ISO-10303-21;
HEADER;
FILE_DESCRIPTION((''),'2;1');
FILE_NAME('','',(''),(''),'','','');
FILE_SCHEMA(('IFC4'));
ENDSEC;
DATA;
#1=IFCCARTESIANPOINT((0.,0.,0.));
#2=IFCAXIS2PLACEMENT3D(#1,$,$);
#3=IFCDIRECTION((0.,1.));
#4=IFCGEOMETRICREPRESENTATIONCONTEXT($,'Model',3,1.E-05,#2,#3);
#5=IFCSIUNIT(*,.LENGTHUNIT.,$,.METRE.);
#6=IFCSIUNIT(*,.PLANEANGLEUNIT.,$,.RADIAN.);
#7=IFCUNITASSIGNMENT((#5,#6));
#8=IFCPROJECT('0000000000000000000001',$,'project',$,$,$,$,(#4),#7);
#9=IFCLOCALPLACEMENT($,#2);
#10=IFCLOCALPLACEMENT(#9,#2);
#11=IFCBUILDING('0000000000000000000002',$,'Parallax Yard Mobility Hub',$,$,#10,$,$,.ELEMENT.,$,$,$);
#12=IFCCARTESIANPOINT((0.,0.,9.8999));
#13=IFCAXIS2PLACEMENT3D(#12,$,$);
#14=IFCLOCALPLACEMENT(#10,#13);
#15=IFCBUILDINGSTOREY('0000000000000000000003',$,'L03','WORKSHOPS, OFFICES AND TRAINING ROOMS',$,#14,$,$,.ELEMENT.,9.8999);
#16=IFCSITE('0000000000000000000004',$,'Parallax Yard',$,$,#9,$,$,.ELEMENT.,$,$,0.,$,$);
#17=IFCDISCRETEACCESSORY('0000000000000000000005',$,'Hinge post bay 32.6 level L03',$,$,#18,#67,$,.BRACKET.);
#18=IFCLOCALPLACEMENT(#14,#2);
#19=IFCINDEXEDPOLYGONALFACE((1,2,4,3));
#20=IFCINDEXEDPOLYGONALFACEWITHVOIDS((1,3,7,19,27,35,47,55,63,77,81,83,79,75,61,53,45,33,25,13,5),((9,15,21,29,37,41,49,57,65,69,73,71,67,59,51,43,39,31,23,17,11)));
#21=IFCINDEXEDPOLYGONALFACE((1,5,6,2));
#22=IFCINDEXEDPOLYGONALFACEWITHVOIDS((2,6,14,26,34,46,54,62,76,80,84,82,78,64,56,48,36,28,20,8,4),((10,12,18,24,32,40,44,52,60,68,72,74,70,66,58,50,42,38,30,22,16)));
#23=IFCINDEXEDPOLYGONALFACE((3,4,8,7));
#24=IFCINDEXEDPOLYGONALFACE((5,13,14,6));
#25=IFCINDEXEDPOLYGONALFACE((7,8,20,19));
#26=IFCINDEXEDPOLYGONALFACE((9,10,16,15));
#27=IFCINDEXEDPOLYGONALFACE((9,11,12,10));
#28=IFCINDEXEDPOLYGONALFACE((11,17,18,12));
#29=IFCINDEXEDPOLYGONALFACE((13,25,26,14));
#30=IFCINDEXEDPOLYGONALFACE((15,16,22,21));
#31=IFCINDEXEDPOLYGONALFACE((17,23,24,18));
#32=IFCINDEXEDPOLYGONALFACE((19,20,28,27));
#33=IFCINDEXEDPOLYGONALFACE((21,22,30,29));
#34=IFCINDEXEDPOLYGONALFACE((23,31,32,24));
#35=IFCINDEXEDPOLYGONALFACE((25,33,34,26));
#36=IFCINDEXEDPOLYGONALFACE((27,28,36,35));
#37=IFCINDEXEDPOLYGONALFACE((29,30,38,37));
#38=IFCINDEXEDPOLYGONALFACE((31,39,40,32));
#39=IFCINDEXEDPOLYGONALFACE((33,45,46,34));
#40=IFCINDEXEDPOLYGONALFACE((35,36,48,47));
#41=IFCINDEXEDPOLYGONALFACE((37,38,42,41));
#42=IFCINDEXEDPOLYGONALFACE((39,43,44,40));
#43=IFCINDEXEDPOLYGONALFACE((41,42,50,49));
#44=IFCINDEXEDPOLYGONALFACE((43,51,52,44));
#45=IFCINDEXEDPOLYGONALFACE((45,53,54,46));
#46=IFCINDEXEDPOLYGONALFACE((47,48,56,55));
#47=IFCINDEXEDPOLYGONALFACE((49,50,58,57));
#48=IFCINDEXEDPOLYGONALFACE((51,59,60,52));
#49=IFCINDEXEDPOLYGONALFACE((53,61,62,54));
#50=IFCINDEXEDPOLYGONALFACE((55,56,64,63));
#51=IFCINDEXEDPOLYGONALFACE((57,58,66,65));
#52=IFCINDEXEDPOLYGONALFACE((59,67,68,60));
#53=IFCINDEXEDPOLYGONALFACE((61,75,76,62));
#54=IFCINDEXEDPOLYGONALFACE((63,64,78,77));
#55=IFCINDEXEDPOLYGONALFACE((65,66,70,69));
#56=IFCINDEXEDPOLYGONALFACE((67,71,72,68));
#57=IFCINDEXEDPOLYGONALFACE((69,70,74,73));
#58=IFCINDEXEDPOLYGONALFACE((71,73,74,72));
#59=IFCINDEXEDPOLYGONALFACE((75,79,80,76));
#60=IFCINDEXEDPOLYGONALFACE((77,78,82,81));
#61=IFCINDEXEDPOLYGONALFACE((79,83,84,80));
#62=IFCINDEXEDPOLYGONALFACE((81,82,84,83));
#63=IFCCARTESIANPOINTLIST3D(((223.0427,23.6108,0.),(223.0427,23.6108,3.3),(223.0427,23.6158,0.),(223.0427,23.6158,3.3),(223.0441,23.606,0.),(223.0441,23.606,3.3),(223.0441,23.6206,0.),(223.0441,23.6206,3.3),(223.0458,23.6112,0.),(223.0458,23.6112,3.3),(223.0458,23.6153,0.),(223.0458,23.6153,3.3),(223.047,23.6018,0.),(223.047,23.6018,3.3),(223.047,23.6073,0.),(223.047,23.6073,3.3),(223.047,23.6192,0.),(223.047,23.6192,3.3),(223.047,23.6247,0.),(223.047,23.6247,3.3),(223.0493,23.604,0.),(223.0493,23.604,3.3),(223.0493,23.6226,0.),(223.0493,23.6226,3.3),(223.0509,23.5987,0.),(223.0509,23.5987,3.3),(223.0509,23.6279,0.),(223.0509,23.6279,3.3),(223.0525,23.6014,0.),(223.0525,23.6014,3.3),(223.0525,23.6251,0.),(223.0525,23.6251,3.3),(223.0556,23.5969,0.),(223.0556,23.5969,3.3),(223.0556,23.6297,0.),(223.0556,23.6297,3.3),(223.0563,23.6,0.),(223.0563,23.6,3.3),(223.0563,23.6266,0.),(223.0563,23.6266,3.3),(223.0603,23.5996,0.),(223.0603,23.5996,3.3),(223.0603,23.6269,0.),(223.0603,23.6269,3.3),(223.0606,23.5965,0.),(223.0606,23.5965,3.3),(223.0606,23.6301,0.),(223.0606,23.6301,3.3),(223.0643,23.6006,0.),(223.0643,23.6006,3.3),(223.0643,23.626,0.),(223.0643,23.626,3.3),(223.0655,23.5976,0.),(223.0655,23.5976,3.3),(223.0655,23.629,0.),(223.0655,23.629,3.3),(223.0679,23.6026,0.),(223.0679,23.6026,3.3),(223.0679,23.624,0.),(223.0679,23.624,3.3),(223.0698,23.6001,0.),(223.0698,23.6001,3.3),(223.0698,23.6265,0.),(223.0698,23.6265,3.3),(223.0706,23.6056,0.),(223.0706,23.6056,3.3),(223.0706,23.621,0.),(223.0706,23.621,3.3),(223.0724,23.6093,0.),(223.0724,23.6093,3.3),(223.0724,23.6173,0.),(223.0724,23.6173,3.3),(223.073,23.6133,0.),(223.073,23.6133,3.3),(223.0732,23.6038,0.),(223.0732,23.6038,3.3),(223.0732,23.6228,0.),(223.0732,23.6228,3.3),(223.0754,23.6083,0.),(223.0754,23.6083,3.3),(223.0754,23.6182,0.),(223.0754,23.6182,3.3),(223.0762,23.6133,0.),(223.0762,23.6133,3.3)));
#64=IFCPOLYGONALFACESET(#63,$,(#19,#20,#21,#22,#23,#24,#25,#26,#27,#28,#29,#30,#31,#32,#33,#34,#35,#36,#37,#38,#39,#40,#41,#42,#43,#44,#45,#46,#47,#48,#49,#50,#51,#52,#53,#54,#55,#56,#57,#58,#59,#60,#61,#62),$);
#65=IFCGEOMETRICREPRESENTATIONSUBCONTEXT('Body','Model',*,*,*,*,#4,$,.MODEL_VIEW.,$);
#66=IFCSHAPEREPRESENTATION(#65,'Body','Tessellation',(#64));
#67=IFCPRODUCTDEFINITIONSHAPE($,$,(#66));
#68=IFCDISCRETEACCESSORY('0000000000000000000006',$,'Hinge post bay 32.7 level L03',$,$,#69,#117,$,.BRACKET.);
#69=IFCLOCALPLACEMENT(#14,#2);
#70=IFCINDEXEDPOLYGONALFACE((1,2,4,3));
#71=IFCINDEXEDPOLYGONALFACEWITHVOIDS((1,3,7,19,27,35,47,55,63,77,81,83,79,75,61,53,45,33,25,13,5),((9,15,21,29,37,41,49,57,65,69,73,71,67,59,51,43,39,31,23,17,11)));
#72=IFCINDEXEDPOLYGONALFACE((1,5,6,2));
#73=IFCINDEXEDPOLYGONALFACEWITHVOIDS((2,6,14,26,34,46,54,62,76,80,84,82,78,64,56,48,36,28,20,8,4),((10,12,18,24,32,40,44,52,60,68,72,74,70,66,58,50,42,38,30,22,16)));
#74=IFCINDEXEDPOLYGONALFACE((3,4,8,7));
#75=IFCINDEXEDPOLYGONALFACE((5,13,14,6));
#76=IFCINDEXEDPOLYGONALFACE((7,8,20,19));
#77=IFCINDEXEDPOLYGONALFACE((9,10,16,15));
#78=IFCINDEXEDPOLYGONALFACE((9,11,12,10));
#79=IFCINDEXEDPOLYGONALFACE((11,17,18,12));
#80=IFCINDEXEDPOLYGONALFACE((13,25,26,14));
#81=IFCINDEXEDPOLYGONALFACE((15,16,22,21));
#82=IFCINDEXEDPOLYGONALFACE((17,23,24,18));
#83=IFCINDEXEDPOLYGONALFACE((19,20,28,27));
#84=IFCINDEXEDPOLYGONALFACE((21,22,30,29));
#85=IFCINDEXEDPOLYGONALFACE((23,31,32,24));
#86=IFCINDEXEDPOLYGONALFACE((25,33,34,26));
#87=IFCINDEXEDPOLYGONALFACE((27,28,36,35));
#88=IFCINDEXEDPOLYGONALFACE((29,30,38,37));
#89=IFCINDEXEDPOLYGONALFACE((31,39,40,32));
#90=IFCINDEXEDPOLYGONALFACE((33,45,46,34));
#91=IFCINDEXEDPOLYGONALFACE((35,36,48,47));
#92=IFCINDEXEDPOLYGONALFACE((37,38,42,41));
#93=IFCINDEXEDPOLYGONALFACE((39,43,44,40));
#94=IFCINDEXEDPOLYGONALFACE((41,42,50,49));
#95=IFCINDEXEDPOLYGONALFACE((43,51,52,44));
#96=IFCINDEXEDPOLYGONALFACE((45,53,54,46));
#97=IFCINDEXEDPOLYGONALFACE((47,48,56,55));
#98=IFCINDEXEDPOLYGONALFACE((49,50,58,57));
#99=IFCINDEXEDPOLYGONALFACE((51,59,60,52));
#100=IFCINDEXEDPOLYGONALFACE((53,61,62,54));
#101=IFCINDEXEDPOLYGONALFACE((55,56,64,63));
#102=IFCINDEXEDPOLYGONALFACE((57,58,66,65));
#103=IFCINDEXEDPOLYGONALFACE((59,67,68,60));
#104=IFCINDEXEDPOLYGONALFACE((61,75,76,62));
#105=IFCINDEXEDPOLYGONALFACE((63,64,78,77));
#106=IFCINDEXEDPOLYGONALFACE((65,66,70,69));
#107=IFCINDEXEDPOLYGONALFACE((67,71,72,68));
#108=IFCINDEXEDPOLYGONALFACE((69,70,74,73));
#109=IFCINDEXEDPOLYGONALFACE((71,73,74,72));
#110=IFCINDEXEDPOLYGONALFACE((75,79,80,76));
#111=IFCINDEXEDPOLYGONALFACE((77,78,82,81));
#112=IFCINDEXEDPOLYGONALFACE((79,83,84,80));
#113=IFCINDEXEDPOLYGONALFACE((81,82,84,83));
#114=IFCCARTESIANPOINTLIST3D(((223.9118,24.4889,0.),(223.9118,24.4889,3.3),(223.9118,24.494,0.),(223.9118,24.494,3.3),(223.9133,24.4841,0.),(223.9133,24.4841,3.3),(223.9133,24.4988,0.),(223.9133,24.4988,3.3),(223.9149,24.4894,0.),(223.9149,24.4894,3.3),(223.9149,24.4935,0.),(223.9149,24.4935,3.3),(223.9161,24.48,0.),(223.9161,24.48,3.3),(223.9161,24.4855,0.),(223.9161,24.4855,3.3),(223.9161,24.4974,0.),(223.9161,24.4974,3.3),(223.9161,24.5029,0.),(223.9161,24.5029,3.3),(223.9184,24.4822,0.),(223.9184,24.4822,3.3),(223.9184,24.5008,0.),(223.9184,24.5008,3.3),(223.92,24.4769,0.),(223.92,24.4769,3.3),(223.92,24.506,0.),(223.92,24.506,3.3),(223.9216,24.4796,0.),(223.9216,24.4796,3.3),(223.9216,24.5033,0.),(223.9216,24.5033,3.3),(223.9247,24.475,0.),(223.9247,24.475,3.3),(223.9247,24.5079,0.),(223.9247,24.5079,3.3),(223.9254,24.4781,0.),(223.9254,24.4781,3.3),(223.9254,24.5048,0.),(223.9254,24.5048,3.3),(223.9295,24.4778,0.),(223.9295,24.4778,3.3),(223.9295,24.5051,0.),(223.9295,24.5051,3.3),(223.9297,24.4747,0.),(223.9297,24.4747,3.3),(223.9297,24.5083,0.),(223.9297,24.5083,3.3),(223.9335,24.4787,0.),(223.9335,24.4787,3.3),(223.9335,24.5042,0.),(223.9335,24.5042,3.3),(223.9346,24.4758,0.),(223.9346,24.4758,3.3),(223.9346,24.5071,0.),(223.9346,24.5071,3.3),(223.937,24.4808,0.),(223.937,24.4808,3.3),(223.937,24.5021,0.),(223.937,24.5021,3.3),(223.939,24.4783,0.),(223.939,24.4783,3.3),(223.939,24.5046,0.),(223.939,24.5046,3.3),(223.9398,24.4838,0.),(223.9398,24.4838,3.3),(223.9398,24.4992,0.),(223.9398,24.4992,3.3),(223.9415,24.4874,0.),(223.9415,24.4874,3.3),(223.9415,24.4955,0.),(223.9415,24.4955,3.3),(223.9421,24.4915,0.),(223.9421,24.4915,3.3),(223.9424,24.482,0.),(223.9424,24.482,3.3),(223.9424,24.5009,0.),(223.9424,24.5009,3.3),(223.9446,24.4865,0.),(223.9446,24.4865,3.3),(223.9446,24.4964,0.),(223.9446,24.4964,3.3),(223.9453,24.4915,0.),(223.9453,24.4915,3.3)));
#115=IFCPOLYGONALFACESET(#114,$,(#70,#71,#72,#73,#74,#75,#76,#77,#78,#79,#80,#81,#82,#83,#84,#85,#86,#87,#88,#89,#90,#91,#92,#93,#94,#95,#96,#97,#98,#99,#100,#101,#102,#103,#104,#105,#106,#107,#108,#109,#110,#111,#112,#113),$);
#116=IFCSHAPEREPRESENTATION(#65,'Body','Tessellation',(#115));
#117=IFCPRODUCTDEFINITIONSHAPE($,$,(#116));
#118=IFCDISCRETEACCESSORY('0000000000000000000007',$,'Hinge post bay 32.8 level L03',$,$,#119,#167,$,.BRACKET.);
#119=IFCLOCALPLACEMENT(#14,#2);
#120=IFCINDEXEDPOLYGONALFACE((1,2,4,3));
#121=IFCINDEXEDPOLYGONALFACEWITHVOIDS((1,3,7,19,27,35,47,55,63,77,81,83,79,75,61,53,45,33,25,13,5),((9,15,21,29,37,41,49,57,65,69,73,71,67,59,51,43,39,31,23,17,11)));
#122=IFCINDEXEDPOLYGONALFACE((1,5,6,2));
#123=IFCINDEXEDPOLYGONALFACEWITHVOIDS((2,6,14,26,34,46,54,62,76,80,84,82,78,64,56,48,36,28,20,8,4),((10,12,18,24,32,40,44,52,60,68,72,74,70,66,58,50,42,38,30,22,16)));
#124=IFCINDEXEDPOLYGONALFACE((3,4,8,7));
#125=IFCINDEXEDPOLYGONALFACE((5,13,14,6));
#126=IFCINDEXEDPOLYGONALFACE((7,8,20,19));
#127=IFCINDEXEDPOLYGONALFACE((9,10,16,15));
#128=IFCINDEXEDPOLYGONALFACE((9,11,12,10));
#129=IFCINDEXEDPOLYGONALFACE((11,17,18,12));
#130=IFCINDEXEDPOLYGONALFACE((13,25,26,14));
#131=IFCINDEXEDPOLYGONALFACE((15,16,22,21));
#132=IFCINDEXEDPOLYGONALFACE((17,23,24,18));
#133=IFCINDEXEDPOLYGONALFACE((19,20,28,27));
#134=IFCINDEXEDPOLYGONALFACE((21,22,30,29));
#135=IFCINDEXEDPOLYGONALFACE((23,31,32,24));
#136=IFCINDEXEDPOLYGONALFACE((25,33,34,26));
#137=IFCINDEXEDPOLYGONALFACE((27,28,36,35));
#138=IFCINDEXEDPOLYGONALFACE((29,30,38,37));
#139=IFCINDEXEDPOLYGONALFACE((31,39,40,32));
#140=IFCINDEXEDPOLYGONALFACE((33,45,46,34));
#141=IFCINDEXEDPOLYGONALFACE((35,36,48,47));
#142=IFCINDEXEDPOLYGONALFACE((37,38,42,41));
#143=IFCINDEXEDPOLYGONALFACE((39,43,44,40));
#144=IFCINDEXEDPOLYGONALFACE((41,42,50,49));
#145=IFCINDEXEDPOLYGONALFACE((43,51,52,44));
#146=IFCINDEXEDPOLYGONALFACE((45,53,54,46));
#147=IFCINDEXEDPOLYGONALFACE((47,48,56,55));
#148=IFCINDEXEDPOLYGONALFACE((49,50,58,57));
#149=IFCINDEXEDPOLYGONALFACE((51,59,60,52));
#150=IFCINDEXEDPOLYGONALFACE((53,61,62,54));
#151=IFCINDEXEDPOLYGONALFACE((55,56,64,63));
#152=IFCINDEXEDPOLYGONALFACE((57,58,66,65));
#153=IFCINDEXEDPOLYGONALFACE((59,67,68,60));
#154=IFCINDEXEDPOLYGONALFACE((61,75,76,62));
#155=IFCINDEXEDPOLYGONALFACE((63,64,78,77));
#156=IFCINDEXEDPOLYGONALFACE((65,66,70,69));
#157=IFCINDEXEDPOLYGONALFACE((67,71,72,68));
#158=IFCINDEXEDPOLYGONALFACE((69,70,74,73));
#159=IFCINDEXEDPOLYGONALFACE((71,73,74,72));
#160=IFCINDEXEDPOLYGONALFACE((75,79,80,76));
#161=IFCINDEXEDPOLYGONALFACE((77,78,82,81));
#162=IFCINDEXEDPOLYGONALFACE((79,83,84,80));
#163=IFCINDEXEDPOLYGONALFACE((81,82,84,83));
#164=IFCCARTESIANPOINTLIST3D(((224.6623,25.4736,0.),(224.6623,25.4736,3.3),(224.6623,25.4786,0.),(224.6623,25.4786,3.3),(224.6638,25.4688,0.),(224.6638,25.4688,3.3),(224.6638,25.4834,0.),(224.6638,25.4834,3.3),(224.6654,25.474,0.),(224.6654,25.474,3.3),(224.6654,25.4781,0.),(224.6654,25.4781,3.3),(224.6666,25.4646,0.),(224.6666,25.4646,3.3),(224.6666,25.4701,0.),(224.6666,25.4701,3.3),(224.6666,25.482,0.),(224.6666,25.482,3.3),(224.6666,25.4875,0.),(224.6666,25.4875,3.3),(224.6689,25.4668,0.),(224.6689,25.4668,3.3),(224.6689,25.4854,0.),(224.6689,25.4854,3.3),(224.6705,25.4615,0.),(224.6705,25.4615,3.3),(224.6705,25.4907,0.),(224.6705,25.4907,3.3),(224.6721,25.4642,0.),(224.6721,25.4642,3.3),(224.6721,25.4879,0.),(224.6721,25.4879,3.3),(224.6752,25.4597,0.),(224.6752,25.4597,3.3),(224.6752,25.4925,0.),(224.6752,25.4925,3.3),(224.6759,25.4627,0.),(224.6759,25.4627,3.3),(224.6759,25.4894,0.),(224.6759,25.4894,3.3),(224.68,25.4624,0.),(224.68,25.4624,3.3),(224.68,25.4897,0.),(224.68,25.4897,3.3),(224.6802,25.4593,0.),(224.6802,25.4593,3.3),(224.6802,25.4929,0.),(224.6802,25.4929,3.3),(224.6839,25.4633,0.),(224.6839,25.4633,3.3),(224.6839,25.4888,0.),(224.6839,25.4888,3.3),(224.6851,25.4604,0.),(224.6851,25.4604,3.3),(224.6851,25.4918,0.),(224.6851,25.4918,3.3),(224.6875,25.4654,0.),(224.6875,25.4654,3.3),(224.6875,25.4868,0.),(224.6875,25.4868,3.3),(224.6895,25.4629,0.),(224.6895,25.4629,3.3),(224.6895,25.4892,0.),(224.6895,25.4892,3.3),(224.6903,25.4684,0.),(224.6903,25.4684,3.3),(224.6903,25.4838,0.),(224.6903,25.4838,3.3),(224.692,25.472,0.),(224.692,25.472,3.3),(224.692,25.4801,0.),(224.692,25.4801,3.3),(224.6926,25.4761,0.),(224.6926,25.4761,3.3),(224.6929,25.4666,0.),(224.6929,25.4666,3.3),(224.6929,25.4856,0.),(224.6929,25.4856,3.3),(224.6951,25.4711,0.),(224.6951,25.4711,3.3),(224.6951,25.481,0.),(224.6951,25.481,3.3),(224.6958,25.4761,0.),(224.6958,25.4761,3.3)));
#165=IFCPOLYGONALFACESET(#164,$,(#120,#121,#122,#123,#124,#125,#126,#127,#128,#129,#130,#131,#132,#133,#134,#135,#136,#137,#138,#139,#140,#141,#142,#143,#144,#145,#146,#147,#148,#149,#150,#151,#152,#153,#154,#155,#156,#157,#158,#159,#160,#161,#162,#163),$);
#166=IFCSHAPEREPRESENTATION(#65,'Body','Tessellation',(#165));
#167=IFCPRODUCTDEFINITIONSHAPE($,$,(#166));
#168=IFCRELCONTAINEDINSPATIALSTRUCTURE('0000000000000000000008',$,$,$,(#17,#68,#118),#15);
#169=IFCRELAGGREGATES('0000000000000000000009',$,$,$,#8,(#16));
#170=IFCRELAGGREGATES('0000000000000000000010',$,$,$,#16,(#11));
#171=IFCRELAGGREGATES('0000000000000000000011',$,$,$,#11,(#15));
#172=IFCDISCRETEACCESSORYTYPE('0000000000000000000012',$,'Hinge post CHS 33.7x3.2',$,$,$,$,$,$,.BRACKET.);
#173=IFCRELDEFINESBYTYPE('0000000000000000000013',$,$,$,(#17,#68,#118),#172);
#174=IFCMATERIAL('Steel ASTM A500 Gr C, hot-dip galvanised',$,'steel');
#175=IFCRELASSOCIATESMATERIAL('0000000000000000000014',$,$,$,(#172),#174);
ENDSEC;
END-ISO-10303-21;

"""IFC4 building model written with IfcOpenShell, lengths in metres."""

from ifc_helpers import new_model, si_unit, direction, frame, origin, origin_2d, place, context, subcontext, project, spatial, hollow_circle, extrude, material, material_profile, profile_set, type_object, element, save


model = new_model("IFC4")

# Units and contexts
model_context = context("Model", 3, precision=1e-05, world=origin(), true_north=direction((0.0, 1.0)))
body_context = subcontext(model_context, "Body", "Model", "MODEL_VIEW")
ifc_project = project(units=[si_unit("LENGTHUNIT", "METRE"), si_unit("PLANEANGLEUNIT", "RADIAN")], contexts=[model_context])

# Site, building, storey
site_placement = place(None, origin())
site = spatial("IfcSite", under=ifc_project, at=site_placement, Name="Parallax Yard", CompositionType="ELEMENT", RefElevation=0.0)
building_placement = place(site_placement, origin())
building = spatial("IfcBuilding", under=site, at=building_placement, Name="Parallax Yard Mobility Hub", CompositionType="ELEMENT")
storey_placement = place(building_placement, frame((0.0, 0.0, 9.8999)))
storey = spatial("IfcBuildingStorey", under=building, at=storey_placement, Name="L03", Description="WORKSHOPS, OFFICES AND TRAINING ROOMS", CompositionType="ELEMENT", Elevation=9.8999)

# Discrete accessories
ifc_material_1 = material(Name="Steel ASTM A500 Gr C, hot-dip galvanised", Category="steel")
ifc_material_profile_1 = material_profile(ifc_material_1, hollow_circle(Radius=0.0168, WallThickness=0.0032, at=origin_2d()), Name="CHS 33.7x3.2")
ifc_profile_set_1 = profile_set([ifc_material_profile_1], Name="Steel ASTM A500 Gr C, hot-dip galvanised")
discrete_accessory_type_1 = type_object("IfcDiscreteAccessoryType", Name="Hinge post CHS 33.7x3.2", PredefinedType="BRACKET", material=ifc_profile_set_1)
for number, where, z_axis, x_axis, name in (
    (1, (223.0593, 23.6133, 0.0), (0.0, 0.0, 1.0), (1.0, 0.0, 0.0), "Hinge post bay 32.6 level L03"),
    (2, (223.9285, 24.4915, 0.0), (0.0, 0.0, 1.0), (1.0, 0.0, 0.0), "Hinge post bay 32.7 level L03"),
    (3, (224.679, 25.4761, 0.0), (0.0, 0.0, 1.0), (1.0, 0.0, 0.0), "Hinge post bay 32.8 level L03"),
):
    element("IfcDiscreteAccessory", number, at=place(storey_placement, frame(where, z_axis=z_axis, x_axis=x_axis)), inside=storey, type_object=discrete_accessory_type_1, Name=name, PredefinedType="BRACKET", context=body_context, shape_type="SweptSolid", body=[
        extrude(hollow_circle(Radius=0.0168, WallThickness=0.0032, at=origin_2d()), origin(), (0.0, 0.0, 1.0), 3.3),
    ])

save(model, "model.ifc")
